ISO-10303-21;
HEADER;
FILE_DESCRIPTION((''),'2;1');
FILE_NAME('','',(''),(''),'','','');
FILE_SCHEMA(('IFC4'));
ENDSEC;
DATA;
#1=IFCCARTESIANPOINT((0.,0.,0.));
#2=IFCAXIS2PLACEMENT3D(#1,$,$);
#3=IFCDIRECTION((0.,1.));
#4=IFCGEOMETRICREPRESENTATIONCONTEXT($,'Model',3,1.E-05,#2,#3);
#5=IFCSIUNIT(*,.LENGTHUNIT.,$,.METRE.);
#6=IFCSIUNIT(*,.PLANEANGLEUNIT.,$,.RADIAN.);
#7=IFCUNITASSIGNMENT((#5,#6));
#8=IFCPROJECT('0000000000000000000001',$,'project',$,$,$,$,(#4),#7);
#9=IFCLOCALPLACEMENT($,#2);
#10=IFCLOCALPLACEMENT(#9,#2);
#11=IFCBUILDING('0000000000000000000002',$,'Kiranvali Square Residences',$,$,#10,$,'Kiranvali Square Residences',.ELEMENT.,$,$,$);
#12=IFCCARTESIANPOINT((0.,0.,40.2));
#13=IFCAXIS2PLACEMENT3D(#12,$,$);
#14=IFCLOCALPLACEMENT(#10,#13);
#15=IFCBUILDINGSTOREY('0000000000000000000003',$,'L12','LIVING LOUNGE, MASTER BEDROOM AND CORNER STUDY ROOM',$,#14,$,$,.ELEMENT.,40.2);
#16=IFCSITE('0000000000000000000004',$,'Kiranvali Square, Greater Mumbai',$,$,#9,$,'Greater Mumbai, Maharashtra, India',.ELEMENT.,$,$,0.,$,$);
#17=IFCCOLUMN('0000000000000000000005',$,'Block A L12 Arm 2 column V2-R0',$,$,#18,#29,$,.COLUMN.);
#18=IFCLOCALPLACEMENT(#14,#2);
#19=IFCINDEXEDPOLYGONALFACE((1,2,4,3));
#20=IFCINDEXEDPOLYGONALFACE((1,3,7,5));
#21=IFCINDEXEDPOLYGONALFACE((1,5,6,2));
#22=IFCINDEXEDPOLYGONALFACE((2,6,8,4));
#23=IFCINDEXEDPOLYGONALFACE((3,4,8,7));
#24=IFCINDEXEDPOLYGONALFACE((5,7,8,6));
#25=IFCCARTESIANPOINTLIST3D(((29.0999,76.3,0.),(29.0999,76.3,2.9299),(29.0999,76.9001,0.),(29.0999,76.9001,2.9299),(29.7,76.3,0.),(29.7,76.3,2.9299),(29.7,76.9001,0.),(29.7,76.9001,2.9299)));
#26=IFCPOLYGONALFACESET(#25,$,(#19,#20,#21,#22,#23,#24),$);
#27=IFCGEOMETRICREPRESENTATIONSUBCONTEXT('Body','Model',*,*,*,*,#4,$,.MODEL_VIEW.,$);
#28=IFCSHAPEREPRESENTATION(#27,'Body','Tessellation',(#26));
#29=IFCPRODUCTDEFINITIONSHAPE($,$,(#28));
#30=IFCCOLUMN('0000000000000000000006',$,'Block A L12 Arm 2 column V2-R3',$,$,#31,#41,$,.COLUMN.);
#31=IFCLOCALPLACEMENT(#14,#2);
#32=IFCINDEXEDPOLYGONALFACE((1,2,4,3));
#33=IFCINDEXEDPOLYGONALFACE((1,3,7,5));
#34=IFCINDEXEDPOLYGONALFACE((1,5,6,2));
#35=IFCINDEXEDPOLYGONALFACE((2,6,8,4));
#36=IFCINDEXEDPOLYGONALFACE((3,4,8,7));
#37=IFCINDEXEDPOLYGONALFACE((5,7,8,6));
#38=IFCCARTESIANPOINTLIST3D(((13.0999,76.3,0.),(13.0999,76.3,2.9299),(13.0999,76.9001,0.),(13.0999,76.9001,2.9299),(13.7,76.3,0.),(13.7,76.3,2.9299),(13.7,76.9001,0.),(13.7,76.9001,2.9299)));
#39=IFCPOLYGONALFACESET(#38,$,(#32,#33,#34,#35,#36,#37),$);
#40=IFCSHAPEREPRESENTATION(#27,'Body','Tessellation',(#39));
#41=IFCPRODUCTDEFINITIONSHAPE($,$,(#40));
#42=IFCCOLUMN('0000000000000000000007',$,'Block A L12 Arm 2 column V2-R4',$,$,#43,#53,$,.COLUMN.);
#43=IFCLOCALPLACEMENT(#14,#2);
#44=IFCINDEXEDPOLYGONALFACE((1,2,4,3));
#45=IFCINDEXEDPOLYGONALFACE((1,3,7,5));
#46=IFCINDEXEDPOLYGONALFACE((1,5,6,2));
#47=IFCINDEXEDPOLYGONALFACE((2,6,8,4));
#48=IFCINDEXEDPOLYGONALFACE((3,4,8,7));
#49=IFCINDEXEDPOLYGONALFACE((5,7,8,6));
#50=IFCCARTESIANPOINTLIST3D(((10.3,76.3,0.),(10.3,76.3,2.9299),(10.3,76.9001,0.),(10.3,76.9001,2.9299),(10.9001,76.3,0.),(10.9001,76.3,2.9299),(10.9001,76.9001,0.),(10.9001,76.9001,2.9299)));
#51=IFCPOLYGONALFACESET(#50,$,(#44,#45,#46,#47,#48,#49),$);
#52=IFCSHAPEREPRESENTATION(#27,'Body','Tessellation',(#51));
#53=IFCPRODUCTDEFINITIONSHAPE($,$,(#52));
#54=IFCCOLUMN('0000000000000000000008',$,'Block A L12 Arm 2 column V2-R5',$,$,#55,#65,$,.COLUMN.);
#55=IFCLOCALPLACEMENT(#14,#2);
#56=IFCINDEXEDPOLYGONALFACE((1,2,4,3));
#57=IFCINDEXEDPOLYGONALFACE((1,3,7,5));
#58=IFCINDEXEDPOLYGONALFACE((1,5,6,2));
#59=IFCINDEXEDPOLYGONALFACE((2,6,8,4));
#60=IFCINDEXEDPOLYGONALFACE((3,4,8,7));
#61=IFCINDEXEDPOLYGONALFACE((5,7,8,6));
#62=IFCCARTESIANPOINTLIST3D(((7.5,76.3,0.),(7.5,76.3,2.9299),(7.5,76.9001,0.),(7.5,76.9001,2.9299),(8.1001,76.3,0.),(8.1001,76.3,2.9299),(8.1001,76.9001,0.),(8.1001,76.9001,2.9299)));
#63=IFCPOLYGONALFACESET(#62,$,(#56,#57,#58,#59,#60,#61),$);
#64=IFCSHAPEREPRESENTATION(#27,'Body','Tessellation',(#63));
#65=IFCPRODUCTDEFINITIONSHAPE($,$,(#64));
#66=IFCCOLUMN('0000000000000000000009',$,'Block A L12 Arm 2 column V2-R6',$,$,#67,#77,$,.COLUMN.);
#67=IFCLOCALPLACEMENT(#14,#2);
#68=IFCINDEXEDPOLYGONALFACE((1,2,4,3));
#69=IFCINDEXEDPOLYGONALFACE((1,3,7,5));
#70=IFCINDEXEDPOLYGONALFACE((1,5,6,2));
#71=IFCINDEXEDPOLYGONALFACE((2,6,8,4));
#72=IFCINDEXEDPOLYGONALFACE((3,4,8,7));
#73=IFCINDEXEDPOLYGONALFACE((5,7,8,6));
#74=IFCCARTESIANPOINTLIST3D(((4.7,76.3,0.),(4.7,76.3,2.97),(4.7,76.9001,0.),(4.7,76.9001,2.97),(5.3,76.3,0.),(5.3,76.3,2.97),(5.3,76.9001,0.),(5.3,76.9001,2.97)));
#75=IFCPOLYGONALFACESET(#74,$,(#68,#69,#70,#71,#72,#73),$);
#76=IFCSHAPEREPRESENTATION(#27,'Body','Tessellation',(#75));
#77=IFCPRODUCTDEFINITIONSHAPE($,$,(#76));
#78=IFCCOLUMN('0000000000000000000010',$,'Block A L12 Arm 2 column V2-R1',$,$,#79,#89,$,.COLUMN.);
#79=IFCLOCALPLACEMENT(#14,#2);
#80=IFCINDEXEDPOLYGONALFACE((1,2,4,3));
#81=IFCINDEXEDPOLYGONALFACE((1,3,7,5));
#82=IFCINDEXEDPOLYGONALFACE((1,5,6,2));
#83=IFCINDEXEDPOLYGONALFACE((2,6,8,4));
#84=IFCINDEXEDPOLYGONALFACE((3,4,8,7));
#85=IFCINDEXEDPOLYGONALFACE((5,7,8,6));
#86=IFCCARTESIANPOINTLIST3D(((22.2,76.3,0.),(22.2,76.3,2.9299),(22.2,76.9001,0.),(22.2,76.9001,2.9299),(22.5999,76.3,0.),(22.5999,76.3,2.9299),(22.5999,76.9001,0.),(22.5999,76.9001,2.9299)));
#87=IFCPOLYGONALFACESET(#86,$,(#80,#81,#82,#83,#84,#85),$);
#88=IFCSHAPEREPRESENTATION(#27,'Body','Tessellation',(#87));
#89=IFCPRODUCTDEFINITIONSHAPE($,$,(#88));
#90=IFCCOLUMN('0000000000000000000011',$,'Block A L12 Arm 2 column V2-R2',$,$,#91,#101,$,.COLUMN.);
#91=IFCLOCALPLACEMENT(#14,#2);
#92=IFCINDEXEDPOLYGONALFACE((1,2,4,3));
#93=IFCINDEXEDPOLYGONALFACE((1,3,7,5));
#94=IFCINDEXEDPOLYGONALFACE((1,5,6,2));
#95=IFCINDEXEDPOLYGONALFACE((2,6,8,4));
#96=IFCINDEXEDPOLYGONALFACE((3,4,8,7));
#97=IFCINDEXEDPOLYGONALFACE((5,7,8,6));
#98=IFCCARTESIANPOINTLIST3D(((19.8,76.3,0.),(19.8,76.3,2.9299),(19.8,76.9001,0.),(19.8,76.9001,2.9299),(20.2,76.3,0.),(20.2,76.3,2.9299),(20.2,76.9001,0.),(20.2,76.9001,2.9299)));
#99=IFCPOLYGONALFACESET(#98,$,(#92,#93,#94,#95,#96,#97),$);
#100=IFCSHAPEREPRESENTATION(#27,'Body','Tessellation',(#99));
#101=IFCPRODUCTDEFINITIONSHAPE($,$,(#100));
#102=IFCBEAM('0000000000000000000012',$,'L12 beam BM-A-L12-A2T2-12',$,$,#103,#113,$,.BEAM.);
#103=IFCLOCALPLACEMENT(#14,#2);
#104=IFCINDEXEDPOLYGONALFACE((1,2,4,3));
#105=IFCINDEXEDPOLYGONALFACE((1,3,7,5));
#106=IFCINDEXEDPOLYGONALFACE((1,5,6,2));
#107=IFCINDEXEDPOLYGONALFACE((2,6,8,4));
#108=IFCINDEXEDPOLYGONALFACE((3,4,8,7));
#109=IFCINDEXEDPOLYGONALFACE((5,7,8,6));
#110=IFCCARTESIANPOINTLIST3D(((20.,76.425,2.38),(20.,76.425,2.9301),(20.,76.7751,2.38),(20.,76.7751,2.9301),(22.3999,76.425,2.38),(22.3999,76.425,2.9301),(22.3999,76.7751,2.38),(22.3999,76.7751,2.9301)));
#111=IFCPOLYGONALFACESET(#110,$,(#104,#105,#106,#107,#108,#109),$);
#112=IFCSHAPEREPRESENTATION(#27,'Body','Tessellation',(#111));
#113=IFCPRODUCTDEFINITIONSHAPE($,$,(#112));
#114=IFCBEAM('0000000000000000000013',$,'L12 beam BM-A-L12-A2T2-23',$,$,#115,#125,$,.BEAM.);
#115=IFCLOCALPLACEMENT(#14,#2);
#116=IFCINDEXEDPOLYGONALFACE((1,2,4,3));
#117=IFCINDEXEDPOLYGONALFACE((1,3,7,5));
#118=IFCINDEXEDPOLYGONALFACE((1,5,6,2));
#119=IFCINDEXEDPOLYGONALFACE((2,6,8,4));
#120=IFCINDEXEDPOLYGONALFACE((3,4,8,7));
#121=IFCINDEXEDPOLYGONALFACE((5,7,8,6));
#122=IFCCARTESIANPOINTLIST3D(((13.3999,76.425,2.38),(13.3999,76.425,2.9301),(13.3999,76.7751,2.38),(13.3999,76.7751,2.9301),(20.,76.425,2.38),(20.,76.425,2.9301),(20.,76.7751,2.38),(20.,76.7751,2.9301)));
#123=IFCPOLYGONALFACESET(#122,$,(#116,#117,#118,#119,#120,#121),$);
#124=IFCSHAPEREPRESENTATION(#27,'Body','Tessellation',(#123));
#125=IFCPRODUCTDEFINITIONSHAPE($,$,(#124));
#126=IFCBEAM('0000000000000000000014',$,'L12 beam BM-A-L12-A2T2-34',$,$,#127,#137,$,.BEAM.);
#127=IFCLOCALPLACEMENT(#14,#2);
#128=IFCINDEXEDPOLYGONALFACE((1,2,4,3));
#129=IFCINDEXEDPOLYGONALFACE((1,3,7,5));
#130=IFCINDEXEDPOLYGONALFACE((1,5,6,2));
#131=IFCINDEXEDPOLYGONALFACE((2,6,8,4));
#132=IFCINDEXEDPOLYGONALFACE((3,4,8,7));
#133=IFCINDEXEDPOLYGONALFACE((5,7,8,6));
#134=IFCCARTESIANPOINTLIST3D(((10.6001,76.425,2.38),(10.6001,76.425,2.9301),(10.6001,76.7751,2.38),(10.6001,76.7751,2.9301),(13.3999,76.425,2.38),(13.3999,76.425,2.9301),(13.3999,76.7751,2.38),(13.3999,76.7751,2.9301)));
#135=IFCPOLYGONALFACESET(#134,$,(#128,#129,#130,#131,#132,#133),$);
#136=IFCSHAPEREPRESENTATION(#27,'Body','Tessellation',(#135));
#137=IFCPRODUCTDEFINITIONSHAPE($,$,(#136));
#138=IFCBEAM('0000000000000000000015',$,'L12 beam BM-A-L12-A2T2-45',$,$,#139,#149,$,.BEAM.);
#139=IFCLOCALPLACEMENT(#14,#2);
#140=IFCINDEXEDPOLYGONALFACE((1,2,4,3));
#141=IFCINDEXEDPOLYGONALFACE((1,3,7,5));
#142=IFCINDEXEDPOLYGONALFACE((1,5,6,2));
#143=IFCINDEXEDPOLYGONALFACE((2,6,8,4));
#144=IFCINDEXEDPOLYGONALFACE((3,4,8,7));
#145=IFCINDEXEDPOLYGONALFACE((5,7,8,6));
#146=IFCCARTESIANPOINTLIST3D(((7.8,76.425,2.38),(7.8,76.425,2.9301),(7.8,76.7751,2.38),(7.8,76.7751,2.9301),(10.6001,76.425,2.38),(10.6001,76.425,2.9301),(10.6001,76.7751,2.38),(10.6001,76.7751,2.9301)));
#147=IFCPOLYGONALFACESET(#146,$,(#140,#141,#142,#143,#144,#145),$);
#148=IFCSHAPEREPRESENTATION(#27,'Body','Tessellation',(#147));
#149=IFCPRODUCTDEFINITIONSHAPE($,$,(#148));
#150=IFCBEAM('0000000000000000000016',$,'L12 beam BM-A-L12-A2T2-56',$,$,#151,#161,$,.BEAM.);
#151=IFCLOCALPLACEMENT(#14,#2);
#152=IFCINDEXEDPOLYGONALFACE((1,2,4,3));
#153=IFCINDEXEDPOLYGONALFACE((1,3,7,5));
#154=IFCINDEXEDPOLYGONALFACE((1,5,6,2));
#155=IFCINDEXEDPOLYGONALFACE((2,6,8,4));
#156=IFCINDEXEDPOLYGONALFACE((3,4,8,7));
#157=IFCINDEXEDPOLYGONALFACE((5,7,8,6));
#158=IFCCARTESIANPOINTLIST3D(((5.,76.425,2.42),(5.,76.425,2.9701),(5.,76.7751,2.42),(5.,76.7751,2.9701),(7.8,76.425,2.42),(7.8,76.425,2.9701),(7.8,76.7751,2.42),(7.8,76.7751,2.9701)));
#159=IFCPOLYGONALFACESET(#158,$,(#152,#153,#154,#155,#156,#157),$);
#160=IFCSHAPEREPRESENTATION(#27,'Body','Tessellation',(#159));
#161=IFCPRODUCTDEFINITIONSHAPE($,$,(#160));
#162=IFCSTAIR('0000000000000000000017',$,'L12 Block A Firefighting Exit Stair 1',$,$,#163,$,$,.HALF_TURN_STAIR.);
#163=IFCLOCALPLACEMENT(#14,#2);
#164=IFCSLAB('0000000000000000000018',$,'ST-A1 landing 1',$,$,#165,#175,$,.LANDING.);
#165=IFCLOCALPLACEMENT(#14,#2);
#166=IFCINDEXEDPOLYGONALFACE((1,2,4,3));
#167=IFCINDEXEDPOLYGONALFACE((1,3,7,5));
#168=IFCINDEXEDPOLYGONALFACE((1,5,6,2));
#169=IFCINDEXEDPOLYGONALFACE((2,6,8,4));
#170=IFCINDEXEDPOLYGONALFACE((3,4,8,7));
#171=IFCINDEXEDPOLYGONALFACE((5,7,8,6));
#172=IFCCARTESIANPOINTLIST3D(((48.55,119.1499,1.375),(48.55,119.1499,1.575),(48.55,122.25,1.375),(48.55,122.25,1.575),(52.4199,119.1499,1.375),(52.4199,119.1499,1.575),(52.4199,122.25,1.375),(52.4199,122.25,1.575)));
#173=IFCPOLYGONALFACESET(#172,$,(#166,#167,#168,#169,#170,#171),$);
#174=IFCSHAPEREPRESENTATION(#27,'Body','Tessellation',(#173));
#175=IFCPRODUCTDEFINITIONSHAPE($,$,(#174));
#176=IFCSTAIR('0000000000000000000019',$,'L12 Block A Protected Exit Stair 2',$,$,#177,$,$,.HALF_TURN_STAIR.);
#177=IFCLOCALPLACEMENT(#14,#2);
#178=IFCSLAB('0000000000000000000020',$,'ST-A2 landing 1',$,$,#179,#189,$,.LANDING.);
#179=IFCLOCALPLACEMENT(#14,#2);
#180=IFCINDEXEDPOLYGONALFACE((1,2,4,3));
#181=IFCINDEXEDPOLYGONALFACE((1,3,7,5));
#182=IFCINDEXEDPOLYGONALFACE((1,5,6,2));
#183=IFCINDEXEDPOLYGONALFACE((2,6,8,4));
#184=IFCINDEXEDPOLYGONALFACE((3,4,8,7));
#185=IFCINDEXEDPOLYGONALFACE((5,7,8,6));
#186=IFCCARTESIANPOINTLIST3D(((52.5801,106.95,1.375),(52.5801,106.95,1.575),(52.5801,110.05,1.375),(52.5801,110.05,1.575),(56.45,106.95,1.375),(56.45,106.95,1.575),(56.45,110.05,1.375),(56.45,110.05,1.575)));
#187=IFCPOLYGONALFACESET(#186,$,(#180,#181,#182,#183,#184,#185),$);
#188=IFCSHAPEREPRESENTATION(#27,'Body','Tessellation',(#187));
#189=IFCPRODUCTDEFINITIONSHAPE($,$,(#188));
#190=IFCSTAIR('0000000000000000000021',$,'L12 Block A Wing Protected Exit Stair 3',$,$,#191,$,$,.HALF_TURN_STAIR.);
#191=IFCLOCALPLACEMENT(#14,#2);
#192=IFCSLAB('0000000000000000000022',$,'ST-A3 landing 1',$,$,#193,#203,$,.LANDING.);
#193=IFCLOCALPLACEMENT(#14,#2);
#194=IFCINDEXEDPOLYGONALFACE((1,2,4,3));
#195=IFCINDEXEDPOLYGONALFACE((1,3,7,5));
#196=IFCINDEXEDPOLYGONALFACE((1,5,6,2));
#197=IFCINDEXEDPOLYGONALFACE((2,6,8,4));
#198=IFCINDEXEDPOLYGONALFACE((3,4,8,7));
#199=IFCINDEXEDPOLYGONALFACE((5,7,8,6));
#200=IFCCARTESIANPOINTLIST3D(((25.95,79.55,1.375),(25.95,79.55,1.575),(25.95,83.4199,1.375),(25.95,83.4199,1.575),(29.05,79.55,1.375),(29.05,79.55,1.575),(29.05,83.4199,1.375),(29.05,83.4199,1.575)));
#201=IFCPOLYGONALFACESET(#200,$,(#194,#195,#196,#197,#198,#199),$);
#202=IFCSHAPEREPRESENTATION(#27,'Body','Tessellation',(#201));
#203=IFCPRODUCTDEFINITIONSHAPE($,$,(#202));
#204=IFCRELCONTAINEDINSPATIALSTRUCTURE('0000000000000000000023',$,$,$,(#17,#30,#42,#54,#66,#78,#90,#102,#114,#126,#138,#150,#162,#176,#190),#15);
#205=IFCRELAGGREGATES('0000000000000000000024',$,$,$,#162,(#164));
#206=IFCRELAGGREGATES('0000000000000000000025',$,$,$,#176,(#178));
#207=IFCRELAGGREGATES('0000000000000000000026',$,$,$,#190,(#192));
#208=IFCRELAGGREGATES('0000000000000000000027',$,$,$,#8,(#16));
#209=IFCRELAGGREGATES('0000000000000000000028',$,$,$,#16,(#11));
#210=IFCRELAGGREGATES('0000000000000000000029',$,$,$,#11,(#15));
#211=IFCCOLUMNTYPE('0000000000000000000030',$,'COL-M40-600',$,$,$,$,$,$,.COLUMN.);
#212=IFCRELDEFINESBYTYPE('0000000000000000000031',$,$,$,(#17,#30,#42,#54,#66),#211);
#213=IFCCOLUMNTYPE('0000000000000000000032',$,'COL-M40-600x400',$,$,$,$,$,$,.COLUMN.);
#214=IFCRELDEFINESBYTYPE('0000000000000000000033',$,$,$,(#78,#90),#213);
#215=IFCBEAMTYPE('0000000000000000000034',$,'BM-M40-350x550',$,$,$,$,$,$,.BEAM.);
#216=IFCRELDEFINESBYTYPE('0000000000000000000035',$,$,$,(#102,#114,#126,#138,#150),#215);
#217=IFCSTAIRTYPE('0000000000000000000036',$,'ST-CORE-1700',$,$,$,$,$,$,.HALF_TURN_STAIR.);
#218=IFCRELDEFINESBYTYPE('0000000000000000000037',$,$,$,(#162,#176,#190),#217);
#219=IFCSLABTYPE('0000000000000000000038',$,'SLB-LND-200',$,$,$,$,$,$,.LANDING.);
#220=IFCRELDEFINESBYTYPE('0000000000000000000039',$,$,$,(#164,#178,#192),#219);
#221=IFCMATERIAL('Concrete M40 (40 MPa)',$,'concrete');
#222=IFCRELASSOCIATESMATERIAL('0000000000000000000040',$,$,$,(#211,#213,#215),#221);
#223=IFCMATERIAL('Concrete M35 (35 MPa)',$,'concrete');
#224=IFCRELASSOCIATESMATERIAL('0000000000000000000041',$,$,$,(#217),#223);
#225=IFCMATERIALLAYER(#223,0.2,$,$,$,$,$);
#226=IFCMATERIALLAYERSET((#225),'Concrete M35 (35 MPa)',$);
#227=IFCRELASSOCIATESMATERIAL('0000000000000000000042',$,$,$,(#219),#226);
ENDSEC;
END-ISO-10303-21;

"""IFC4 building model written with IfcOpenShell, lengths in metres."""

from ifc_helpers import new_model, si_unit, direction, frame, origin, origin_2d, place, context, subcontext, project, spatial, polyline, rectangle, outline, extrude, material, layer, layer_set, material_profile, profile_set, type_object, element, aggregate, save


model = new_model("IFC4")

# Units and contexts
model_context = context("Model", 3, precision=1e-05, world=origin(), true_north=direction((0.0, 1.0)))
body_context = subcontext(model_context, "Body", "Model", "MODEL_VIEW")
ifc_project = project(units=[si_unit("LENGTHUNIT", "METRE"), si_unit("PLANEANGLEUNIT", "RADIAN")], contexts=[model_context])

# Site, building, storey
site_placement = place(None, origin())
site = spatial("IfcSite", under=ifc_project, at=site_placement, Name="Kiranvali Square, Greater Mumbai", LongName="Greater Mumbai, Maharashtra, India", CompositionType="ELEMENT", RefElevation=0.0)
building_placement = place(site_placement, origin())
building = spatial("IfcBuilding", under=site, at=building_placement, Name="Kiranvali Square Residences", LongName="Kiranvali Square Residences", CompositionType="ELEMENT")
storey_placement = place(building_placement, frame((0.0, 0.0, 40.2)))
storey = spatial("IfcBuildingStorey", under=building, at=storey_placement, Name="L12", Description="LIVING LOUNGE, MASTER BEDROOM AND CORNER STUDY ROOM", CompositionType="ELEMENT", Elevation=40.2)

# Columns
ifc_material_1 = material(Name="Concrete M40 (40 MPa)", Category="concrete")
ifc_material_profile_1 = material_profile(ifc_material_1, rectangle(XDim=0.6001, YDim=0.6001, at=origin_2d()), Name="RC 600x600")
ifc_profile_set_1 = profile_set([ifc_material_profile_1], Name="Concrete M40 (40 MPa)")
column_type_1 = type_object("IfcColumnType", Name="COL-M40-600", PredefinedType="COLUMN", material=ifc_profile_set_1)
for number, where, z_axis, x_axis, name in (
    (1, (29.3999, 76.6001, 0.0), (0.0, 0.0, 1.0), (1.0, 0.0, 0.0), "Block A L12 Arm 2 column V2-R0"),
    (2, (13.3999, 76.6001, 0.0), (0.0, 0.0, 1.0), (1.0, 0.0, 0.0), "Block A L12 Arm 2 column V2-R3"),
    (3, (10.6001, 76.6001, 0.0), (0.0, 0.0, 1.0), (1.0, 0.0, 0.0), "Block A L12 Arm 2 column V2-R4"),
    (4, (7.8, 76.6001, 0.0), (0.0, 0.0, 1.0), (1.0, 0.0, 0.0), "Block A L12 Arm 2 column V2-R5"),
):
    element("IfcColumn", number, at=place(storey_placement, frame(where, z_axis=z_axis, x_axis=x_axis)), inside=storey, type_object=column_type_1, Name=name, PredefinedType="COLUMN", context=body_context, shape_type="SweptSolid", body=[
        extrude(rectangle(XDim=0.6001, YDim=0.6001, at=origin_2d()), origin(), (0.0, 0.0, 1.0), 2.9299),
    ])
column_placement = place(storey_placement, frame((5.0, 76.6001, 0.0), z_axis=(0.0, 0.0, 1.0), x_axis=(1.0, 0.0, 0.0)))
element("IfcColumn", 5, at=column_placement, inside=storey, type_object=column_type_1, Name="Block A L12 Arm 2 column V2-R6", PredefinedType="COLUMN", context=body_context, shape_type="SweptSolid", body=[
    extrude(rectangle(XDim=0.6001, YDim=0.6001, at=origin_2d()), origin(), (0.0, 0.0, 1.0), 2.97),
])
ifc_material_profile_2 = material_profile(ifc_material_1, rectangle(XDim=0.3999, YDim=0.6001, at=origin_2d()), Name="RC 600x400")
ifc_profile_set_2 = profile_set([ifc_material_profile_2], Name="Concrete M40 (40 MPa)")
column_type_2 = type_object("IfcColumnType", Name="COL-M40-600x400", PredefinedType="COLUMN", material=ifc_profile_set_2)
for number, where, z_axis, x_axis, name in (
    (6, (22.3999, 76.6001, 0.0), (0.0, 0.0, 1.0), (1.0, 0.0, 0.0), "Block A L12 Arm 2 column V2-R1"),
    (7, (20.0, 76.6001, 0.0), (0.0, 0.0, 1.0), (1.0, 0.0, 0.0), "Block A L12 Arm 2 column V2-R2"),
):
    element("IfcColumn", number, at=place(storey_placement, frame(where, z_axis=z_axis, x_axis=x_axis)), inside=storey, type_object=column_type_2, Name=name, PredefinedType="COLUMN", context=body_context, shape_type="SweptSolid", body=[
        extrude(rectangle(XDim=0.3999, YDim=0.6001, at=origin_2d()), origin(), (0.0, 0.0, 1.0), 2.9299),
    ])

# Beams
ifc_material_profile_3 = material_profile(ifc_material_1, rectangle(XDim=0.3501, YDim=0.55, at=origin_2d()), Name="RC 350x550")
ifc_profile_set_3 = profile_set([ifc_material_profile_3], Name="Concrete M40 (40 MPa)")
beam_type = type_object("IfcBeamType", Name="BM-M40-350x550", PredefinedType="BEAM", material=ifc_profile_set_3)
beam_1_placement = place(storey_placement, frame((22.3999, 76.6001, 2.655), z_axis=(-1.0, 0.0, 0.0), x_axis=(0.0, -1.0, 0.0)))
element("IfcBeam", 8, at=beam_1_placement, inside=storey, type_object=beam_type, Name="L12 beam BM-A-L12-A2T2-12", PredefinedType="BEAM", context=body_context, shape_type="SweptSolid", body=[
    extrude(rectangle(XDim=0.3501, YDim=0.55, at=origin_2d()), origin(), (0.0, 0.0, 1.0), 2.3999),
])
beam_2_placement = place(storey_placement, frame((20.0, 76.6001, 2.655), z_axis=(-1.0, 0.0, 0.0), x_axis=(0.0, -1.0, 0.0)))
element("IfcBeam", 9, at=beam_2_placement, inside=storey, type_object=beam_type, Name="L12 beam BM-A-L12-A2T2-23", PredefinedType="BEAM", context=body_context, shape_type="SweptSolid", body=[
    extrude(rectangle(XDim=0.3501, YDim=0.55, at=origin_2d()), origin(), (0.0, 0.0, 1.0), 6.6001),
])
beam_3_placement = place(storey_placement, frame((13.3999, 76.6001, 2.655), z_axis=(-1.0, 0.0, 0.0), x_axis=(0.0, -1.0, 0.0)))
element("IfcBeam", 10, at=beam_3_placement, inside=storey, type_object=beam_type, Name="L12 beam BM-A-L12-A2T2-34", PredefinedType="BEAM", context=body_context, shape_type="SweptSolid", body=[
    extrude(rectangle(XDim=0.3501, YDim=0.55, at=origin_2d()), origin(), (0.0, 0.0, 1.0), 2.7998),
])
for number, where, z_axis, x_axis, name in (
    (11, (10.6001, 76.6001, 2.655), (-1.0, 0.0, 0.0), (0.0, -1.0, 0.0), "L12 beam BM-A-L12-A2T2-45"),
    (12, (7.8, 76.6001, 2.6951), (-1.0, 0.0, 0.0), (0.0, -1.0, 0.0), "L12 beam BM-A-L12-A2T2-56"),
):
    element("IfcBeam", number, at=place(storey_placement, frame(where, z_axis=z_axis, x_axis=x_axis)), inside=storey, type_object=beam_type, Name=name, PredefinedType="BEAM", context=body_context, shape_type="SweptSolid", body=[
        extrude(rectangle(XDim=0.3501, YDim=0.55, at=origin_2d()), origin(), (0.0, 0.0, 1.0), 2.8),
    ])

# Stairs, slabs
ifc_material_2 = material(Name="Concrete M35 (35 MPa)", Category="concrete")
stair_type = type_object("IfcStairType", Name="ST-CORE-1700", PredefinedType="HALF_TURN_STAIR", material=ifc_material_2)
stair_1_placement = place(storey_placement, origin())
stair_1 = element("IfcStair", 13, at=stair_1_placement, inside=storey, type_object=stair_type, Name="L12 Block A Firefighting Exit Stair 1", PredefinedType="HALF_TURN_STAIR")
ifc_layer_1 = layer(ifc_material_2, 0.2)
ifc_layer_set_1 = layer_set([ifc_layer_1], Name="Concrete M35 (35 MPa)")
slab_type = type_object("IfcSlabType", Name="SLB-LND-200", PredefinedType="LANDING", material=ifc_layer_set_1)
slab_1_placement = place(storey_placement, frame((0.0, 0.0, 1.375)))
slab_1 = element("IfcSlab", 14, at=slab_1_placement, type_object=slab_type, Name="ST-A1 landing 1", PredefinedType="LANDING", context=body_context, shape_type="SweptSolid", body=[
    extrude(outline(polyline([(52.4199, 122.25), (48.55, 122.25), (48.55, 119.1499), (52.4199, 119.1499), (52.4199, 122.25)])), origin(), (0.0, 0.0, 1.0), 0.2),
])
aggregate(stair_1, [slab_1])
stair_2_placement = place(storey_placement, origin())
stair_2 = element("IfcStair", 15, at=stair_2_placement, inside=storey, type_object=stair_type, Name="L12 Block A Protected Exit Stair 2", PredefinedType="HALF_TURN_STAIR")
slab_2_placement = place(storey_placement, frame((0.0, 0.0, 1.375)))
slab_2 = element("IfcSlab", 16, at=slab_2_placement, type_object=slab_type, Name="ST-A2 landing 1", PredefinedType="LANDING", context=body_context, shape_type="SweptSolid", body=[
    extrude(outline(polyline([(52.5801, 106.95), (56.45, 106.95), (56.45, 110.05), (52.5801, 110.05), (52.5801, 106.95)])), origin(), (0.0, 0.0, 1.0), 0.2),
])
aggregate(stair_2, [slab_2])
stair_3_placement = place(storey_placement, origin())
stair_3 = element("IfcStair", 17, at=stair_3_placement, inside=storey, type_object=stair_type, Name="L12 Block A Wing Protected Exit Stair 3", PredefinedType="HALF_TURN_STAIR")
slab_3_placement = place(storey_placement, frame((0.0, 0.0, 1.375)))
slab_3 = element("IfcSlab", 18, at=slab_3_placement, type_object=slab_type, Name="ST-A3 landing 1", PredefinedType="LANDING", context=body_context, shape_type="SweptSolid", body=[
    extrude(outline(polyline([(25.95, 83.4199), (25.95, 79.55), (29.05, 79.55), (29.05, 83.4199), (25.95, 83.4199)])), origin(), (0.0, 0.0, 1.0), 0.2),
])
aggregate(stair_3, [slab_3])

save(model, "model.ifc")
